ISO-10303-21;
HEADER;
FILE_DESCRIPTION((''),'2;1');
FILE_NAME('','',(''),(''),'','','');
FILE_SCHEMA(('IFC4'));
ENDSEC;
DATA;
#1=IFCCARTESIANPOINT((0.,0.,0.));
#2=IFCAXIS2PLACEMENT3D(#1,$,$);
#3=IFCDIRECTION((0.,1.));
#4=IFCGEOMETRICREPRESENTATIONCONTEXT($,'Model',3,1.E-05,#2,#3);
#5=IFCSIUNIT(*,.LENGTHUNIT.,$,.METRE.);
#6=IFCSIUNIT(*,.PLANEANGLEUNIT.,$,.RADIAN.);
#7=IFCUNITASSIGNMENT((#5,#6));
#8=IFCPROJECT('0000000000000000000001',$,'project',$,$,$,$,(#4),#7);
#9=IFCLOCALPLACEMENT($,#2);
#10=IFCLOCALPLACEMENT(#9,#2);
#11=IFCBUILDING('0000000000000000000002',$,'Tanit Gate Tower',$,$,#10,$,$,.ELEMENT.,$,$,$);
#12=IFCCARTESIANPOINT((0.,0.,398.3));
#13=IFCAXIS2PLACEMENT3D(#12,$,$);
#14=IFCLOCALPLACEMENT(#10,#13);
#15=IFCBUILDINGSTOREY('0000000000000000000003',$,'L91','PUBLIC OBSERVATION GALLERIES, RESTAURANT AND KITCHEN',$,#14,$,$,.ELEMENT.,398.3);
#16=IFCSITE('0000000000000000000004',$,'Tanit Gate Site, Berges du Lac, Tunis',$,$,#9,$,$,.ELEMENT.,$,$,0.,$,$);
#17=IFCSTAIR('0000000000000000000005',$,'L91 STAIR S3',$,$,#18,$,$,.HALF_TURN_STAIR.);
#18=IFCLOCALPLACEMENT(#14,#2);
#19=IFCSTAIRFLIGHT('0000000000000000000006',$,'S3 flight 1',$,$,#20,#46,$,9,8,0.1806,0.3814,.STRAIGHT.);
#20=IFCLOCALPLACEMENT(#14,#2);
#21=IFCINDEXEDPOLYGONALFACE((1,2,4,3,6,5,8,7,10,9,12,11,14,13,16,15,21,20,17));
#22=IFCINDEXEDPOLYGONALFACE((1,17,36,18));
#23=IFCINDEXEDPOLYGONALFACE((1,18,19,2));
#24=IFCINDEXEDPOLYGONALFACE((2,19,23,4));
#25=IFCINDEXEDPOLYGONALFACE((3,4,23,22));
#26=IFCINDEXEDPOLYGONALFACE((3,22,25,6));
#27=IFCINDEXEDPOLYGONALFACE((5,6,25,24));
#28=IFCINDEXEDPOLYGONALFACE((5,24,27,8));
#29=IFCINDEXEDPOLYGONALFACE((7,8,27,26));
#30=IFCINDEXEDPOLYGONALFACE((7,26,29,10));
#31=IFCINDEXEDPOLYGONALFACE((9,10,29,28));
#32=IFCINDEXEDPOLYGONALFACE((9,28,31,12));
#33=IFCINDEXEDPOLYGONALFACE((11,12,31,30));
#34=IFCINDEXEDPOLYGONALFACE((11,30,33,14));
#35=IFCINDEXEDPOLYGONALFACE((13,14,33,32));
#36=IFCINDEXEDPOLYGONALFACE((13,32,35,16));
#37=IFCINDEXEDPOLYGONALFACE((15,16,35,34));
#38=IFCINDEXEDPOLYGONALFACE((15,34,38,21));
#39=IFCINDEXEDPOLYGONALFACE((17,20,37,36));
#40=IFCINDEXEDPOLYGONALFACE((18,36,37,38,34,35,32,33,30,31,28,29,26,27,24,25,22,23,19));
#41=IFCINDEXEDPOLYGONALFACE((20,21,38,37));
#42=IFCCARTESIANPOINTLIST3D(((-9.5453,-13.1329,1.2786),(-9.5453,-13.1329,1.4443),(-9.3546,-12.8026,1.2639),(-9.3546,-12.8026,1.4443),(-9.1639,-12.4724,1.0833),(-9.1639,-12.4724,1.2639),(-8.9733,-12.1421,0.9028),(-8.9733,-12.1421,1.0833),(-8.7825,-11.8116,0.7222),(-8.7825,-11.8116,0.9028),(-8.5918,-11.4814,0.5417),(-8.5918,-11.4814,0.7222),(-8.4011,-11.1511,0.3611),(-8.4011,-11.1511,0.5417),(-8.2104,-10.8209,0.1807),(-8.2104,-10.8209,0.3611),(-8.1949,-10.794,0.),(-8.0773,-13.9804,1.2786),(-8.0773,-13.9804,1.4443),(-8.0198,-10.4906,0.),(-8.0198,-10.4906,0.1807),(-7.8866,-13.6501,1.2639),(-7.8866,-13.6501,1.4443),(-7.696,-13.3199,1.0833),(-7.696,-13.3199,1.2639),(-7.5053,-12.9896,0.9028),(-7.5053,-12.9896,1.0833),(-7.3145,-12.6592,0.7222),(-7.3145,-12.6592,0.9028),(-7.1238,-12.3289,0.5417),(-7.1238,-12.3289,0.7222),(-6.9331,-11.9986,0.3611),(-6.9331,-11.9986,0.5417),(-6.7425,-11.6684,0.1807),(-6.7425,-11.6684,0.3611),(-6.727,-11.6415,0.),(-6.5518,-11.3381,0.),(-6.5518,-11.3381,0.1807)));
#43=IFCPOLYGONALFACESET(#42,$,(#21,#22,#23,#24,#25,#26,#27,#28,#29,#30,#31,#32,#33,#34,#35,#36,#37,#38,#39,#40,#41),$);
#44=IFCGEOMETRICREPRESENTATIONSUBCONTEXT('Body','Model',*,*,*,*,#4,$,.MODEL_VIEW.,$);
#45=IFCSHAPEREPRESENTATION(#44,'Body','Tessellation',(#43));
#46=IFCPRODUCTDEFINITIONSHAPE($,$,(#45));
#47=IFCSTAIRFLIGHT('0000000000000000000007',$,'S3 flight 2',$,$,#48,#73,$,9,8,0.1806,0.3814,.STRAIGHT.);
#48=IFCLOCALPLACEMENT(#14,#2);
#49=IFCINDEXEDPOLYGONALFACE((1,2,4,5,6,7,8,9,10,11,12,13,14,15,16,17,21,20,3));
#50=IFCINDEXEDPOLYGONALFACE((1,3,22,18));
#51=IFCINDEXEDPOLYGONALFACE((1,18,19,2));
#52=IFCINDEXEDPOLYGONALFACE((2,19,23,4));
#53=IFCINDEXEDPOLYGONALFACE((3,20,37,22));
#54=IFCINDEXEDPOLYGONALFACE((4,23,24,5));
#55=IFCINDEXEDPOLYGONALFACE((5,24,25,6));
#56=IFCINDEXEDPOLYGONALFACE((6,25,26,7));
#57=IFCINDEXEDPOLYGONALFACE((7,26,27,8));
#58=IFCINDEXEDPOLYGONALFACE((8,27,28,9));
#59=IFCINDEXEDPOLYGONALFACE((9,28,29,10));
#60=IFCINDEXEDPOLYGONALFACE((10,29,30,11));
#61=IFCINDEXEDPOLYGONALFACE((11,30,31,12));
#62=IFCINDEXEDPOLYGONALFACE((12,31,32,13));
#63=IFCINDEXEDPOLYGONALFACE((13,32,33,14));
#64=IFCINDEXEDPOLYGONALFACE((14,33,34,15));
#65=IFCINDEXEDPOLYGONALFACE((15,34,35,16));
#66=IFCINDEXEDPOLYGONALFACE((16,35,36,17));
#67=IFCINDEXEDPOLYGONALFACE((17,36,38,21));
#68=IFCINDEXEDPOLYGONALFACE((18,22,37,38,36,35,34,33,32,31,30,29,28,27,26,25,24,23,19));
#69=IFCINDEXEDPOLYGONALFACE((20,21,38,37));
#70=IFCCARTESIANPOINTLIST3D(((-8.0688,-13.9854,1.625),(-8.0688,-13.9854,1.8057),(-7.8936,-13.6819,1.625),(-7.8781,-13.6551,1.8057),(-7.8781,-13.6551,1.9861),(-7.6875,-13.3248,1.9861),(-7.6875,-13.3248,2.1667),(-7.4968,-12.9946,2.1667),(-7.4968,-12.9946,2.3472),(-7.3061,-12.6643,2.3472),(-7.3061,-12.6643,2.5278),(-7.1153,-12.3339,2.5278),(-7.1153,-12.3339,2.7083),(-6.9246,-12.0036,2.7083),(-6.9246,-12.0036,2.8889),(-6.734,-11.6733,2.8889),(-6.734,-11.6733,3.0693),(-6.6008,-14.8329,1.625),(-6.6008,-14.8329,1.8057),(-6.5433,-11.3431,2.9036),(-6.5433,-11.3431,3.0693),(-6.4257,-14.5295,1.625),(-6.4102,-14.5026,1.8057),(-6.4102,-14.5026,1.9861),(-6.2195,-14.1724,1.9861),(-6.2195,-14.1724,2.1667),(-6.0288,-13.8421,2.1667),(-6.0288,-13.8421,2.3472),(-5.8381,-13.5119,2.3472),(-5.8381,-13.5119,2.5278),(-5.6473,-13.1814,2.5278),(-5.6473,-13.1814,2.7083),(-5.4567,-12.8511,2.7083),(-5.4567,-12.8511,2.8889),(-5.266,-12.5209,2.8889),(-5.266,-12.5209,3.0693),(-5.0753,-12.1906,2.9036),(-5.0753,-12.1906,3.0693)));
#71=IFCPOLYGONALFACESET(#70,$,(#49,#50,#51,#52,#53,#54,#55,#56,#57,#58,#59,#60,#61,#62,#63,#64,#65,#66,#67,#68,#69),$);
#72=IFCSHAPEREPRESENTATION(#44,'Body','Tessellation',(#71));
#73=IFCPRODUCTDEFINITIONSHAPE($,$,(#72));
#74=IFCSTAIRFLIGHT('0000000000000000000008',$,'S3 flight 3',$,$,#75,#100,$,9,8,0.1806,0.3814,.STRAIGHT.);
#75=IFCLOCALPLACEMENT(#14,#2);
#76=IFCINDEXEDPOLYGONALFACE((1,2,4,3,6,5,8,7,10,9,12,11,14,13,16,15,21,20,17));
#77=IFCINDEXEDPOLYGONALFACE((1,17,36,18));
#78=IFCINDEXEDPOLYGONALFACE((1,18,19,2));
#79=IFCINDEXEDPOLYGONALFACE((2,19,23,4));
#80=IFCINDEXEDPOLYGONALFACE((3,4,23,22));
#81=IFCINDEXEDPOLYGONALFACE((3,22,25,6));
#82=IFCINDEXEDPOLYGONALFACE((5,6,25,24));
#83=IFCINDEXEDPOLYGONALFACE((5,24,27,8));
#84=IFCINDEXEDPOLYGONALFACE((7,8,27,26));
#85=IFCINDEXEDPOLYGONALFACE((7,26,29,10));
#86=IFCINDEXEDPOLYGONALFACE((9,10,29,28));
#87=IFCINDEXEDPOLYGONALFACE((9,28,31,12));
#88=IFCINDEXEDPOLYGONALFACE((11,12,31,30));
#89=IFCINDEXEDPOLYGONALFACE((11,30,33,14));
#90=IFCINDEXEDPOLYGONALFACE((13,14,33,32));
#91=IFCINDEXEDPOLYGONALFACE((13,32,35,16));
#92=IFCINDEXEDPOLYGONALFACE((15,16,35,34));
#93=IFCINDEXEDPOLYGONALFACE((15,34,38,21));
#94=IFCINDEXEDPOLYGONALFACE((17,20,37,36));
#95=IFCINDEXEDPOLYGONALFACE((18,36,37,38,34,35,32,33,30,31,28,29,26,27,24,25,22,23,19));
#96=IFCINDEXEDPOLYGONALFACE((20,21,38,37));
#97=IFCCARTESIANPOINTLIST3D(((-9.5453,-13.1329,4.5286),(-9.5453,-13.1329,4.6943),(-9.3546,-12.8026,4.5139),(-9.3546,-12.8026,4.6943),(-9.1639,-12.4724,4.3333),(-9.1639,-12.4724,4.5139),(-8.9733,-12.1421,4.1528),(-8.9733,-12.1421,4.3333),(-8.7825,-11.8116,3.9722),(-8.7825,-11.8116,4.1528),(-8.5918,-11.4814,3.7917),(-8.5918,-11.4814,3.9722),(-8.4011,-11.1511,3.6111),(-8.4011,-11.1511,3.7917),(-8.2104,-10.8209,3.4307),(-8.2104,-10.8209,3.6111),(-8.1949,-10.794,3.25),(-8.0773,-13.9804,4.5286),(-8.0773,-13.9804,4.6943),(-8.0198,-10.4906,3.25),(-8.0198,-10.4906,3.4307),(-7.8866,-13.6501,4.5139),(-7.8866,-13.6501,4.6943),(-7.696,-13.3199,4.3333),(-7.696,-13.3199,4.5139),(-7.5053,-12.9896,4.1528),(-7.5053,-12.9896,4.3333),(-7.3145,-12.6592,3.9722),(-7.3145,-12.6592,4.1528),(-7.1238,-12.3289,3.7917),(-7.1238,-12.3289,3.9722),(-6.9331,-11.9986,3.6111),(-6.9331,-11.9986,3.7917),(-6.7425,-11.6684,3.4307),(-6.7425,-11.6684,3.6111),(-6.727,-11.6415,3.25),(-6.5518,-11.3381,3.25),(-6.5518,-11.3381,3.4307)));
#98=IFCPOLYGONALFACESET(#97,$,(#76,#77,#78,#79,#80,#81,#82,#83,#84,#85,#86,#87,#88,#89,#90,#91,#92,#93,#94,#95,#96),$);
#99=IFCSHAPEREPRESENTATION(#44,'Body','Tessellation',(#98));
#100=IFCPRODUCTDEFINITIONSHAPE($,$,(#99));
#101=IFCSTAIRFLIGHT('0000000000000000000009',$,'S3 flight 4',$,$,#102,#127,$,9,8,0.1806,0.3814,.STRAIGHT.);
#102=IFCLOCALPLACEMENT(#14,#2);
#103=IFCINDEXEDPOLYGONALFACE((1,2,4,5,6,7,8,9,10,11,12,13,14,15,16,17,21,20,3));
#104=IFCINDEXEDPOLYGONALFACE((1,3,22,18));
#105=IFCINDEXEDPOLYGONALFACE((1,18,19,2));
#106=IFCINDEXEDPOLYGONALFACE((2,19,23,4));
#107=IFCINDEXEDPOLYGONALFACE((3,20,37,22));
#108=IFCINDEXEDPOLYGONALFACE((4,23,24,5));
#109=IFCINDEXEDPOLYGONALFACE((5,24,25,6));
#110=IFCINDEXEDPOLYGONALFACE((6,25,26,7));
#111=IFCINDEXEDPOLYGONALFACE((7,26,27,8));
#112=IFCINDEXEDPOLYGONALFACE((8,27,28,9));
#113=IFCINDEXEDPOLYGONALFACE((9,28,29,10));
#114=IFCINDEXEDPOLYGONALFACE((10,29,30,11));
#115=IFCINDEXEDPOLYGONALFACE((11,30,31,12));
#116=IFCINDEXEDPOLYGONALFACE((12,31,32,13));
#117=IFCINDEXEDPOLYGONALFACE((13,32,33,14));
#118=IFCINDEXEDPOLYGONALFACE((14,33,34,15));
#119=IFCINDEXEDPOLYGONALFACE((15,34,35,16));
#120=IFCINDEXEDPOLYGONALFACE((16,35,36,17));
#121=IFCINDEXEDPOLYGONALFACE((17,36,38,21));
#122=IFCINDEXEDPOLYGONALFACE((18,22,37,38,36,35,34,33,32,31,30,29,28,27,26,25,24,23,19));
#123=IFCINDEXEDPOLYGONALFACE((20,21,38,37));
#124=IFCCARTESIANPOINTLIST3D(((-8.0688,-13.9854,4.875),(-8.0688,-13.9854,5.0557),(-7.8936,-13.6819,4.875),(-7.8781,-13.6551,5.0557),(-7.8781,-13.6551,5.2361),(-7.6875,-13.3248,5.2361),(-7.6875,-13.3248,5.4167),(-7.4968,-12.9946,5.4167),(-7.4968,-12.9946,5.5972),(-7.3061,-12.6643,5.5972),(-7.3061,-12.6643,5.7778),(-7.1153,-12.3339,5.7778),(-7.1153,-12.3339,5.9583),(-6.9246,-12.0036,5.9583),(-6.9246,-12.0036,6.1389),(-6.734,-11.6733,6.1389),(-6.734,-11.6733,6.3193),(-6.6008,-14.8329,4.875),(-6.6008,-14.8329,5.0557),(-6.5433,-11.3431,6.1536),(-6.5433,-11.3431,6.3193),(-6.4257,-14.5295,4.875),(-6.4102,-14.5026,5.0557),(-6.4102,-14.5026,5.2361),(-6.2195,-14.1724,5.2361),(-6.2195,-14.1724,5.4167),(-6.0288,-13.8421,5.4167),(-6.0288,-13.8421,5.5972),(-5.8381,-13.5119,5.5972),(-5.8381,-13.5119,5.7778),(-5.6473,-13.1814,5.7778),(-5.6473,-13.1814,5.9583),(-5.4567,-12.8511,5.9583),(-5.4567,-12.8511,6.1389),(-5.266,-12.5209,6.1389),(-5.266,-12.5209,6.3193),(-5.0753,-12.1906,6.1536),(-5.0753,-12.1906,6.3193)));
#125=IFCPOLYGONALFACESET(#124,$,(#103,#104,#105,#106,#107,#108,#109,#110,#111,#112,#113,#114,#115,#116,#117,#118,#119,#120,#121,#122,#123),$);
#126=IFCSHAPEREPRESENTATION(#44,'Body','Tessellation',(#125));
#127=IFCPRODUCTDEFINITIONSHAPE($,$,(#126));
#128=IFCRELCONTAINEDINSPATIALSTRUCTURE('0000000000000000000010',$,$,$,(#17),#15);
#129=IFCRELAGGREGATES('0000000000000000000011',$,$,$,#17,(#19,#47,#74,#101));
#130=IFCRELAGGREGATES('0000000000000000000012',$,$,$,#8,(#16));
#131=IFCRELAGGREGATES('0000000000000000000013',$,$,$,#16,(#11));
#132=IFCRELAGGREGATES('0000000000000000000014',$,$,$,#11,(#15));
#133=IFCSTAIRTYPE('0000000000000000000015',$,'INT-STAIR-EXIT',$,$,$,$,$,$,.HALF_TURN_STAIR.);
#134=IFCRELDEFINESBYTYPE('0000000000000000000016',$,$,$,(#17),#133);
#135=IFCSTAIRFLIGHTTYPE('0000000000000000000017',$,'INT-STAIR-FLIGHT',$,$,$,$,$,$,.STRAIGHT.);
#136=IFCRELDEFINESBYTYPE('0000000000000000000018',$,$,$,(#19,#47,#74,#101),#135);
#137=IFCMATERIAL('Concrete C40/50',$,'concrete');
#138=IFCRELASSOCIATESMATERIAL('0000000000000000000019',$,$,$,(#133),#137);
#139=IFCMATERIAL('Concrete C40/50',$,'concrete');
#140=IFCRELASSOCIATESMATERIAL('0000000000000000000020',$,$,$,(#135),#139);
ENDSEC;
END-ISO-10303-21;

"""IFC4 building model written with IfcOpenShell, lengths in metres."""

from ifc_helpers import new_model, si_unit, direction, frame, origin, place, context, subcontext, project, spatial, polyline, outline, extrude, material, type_object, element, aggregate, save


model = new_model("IFC4")

# Units and contexts
model_context = context("Model", 3, precision=1e-05, world=origin(), true_north=direction((0.0, 1.0)))
body_context = subcontext(model_context, "Body", "Model", "MODEL_VIEW")
ifc_project = project(units=[si_unit("LENGTHUNIT", "METRE"), si_unit("PLANEANGLEUNIT", "RADIAN")], contexts=[model_context])

# Site, building, storey
site_placement = place(None, origin())
site = spatial("IfcSite", under=ifc_project, at=site_placement, Name="Tanit Gate Site, Berges du Lac, Tunis", CompositionType="ELEMENT", RefElevation=0.0)
building_placement = place(site_placement, origin())
building = spatial("IfcBuilding", under=site, at=building_placement, Name="Tanit Gate Tower", CompositionType="ELEMENT")
storey_placement = place(building_placement, frame((0.0, 0.0, 398.3)))
storey = spatial("IfcBuildingStorey", under=building, at=storey_placement, Name="L91", Description="PUBLIC OBSERVATION GALLERIES, RESTAURANT AND KITCHEN", CompositionType="ELEMENT", Elevation=398.3)

# Stair, stair flights
ifc_material_1 = material(Name="Concrete C40/50", Category="concrete")
stair_type = type_object("IfcStairType", Name="INT-STAIR-EXIT", PredefinedType="HALF_TURN_STAIR", material=ifc_material_1)
stair_placement = place(storey_placement, origin())
stair = element("IfcStair", 1, at=stair_placement, inside=storey, type_object=stair_type, Name="L91 STAIR S3", PredefinedType="HALF_TURN_STAIR")
ifc_material_2 = material(Name="Concrete C40/50", Category="concrete")
stair_flight_type = type_object("IfcStairFlightType", Name="INT-STAIR-FLIGHT", PredefinedType="STRAIGHT", material=ifc_material_2)
stair_flight_1_placement = place(storey_placement, frame((-7.2859, -10.9143, 0.0), z_axis=(0.0, 0.0, 1.0), x_axis=(-0.5, -0.866025, 0.0)))
stair_flight_1 = element("IfcStairFlight", 2, at=stair_flight_1_placement, type_object=stair_flight_type, Name="S3 flight 1", NumberOfRisers=9, NumberOfTreads=8, PredefinedType="STRAIGHT", RiserHeight=0.1806, TreadLength=0.3814, context=body_context, shape_type="SweptSolid", body=[
    extrude(outline(polyline([(0.0, 0.0), (0.0, 0.1807), (0.3813, 0.1807), (0.3813, 0.3611), (0.7627, 0.3611), (0.7627, 0.5417), (1.144, 0.5417), (1.144, 0.7222), (1.5254, 0.7222), (1.5254, 0.9028), (1.907, 0.9028), (1.907, 1.0833), (2.2883, 1.0833), (2.2883, 1.2639), (2.6697, 1.2639), (2.6697, 1.4443), (3.051, 1.4443), (3.051, 1.625), (3.051, 1.2786), (0.3503, 0.0), (0.0, 0.0)])), frame((0.0, 0.8477, 0.0), z_axis=(0.0, -1.0, 0.0), x_axis=(1.0, 0.0, 0.0)), (0.0, 0.0, 1.0), 1.6951),
])
stair_flight_2_placement = place(storey_placement, frame((-7.3347, -14.4092, 1.625), z_axis=(0.0, 0.0, 1.0), x_axis=(0.5, 0.866025, 0.0)))
stair_flight_2 = element("IfcStairFlight", 3, at=stair_flight_2_placement, type_object=stair_flight_type, Name="S3 flight 2", NumberOfRisers=9, NumberOfTreads=8, PredefinedType="STRAIGHT", RiserHeight=0.1806, TreadLength=0.3814, context=body_context, shape_type="SweptSolid", body=[
    extrude(outline(polyline([(0.0, 0.0), (0.0, 0.1807), (0.3813, 0.1807), (0.3813, 0.3611), (0.7627, 0.3611), (0.7627, 0.5417), (1.144, 0.5417), (1.144, 0.7222), (1.5254, 0.7222), (1.5254, 0.9028), (1.907, 0.9028), (1.907, 1.0833), (2.2883, 1.0833), (2.2883, 1.2639), (2.6697, 1.2639), (2.6697, 1.4443), (3.051, 1.4443), (3.051, 1.625), (3.051, 1.2786), (0.3503, 0.0), (0.0, 0.0)])), frame((0.0, 0.8477, 0.0), z_axis=(0.0, -1.0, 0.0), x_axis=(1.0, 0.0, 0.0)), (0.0, 0.0, 1.0), 1.6951),
])
stair_flight_3_placement = place(storey_placement, frame((-7.2859, -10.9143, 3.25), z_axis=(0.0, 0.0, 1.0), x_axis=(-0.5, -0.866025, 0.0)))
stair_flight_3 = element("IfcStairFlight", 4, at=stair_flight_3_placement, type_object=stair_flight_type, Name="S3 flight 3", NumberOfRisers=9, NumberOfTreads=8, PredefinedType="STRAIGHT", RiserHeight=0.1806, TreadLength=0.3814, context=body_context, shape_type="SweptSolid", body=[
    extrude(outline(polyline([(0.0, 0.0), (0.0, 0.1807), (0.3813, 0.1807), (0.3813, 0.3611), (0.7627, 0.3611), (0.7627, 0.5417), (1.144, 0.5417), (1.144, 0.7222), (1.5254, 0.7222), (1.5254, 0.9028), (1.907, 0.9028), (1.907, 1.0833), (2.2883, 1.0833), (2.2883, 1.2639), (2.6697, 1.2639), (2.6697, 1.4443), (3.051, 1.4443), (3.051, 1.625), (3.051, 1.2786), (0.3503, 0.0), (0.0, 0.0)])), frame((0.0, 0.8477, 0.0), z_axis=(0.0, -1.0, 0.0), x_axis=(1.0, 0.0, 0.0)), (0.0, 0.0, 1.0), 1.6951),
])
stair_flight_4_placement = place(storey_placement, frame((-7.3347, -14.4092, 4.875), z_axis=(0.0, 0.0, 1.0), x_axis=(0.5, 0.866025, 0.0)))
stair_flight_4 = element("IfcStairFlight", 5, at=stair_flight_4_placement, type_object=stair_flight_type, Name="S3 flight 4", NumberOfRisers=9, NumberOfTreads=8, PredefinedType="STRAIGHT", RiserHeight=0.1806, TreadLength=0.3814, context=body_context, shape_type="SweptSolid", body=[
    extrude(outline(polyline([(0.0, 0.0), (0.0, 0.1807), (0.3813, 0.1807), (0.3813, 0.3611), (0.7627, 0.3611), (0.7627, 0.5417), (1.144, 0.5417), (1.144, 0.7222), (1.5254, 0.7222), (1.5254, 0.9028), (1.907, 0.9028), (1.907, 1.0833), (2.2883, 1.0833), (2.2883, 1.2639), (2.6697, 1.2639), (2.6697, 1.4443), (3.051, 1.4443), (3.051, 1.625), (3.051, 1.2786), (0.3503, 0.0), (0.0, 0.0)])), frame((0.0, 0.8477, 0.0), z_axis=(0.0, -1.0, 0.0), x_axis=(1.0, 0.0, 0.0)), (0.0, 0.0, 1.0), 1.6951),
])
aggregate(stair, [stair_flight_1, stair_flight_2, stair_flight_3, stair_flight_4])

save(model, "model.ifc")
